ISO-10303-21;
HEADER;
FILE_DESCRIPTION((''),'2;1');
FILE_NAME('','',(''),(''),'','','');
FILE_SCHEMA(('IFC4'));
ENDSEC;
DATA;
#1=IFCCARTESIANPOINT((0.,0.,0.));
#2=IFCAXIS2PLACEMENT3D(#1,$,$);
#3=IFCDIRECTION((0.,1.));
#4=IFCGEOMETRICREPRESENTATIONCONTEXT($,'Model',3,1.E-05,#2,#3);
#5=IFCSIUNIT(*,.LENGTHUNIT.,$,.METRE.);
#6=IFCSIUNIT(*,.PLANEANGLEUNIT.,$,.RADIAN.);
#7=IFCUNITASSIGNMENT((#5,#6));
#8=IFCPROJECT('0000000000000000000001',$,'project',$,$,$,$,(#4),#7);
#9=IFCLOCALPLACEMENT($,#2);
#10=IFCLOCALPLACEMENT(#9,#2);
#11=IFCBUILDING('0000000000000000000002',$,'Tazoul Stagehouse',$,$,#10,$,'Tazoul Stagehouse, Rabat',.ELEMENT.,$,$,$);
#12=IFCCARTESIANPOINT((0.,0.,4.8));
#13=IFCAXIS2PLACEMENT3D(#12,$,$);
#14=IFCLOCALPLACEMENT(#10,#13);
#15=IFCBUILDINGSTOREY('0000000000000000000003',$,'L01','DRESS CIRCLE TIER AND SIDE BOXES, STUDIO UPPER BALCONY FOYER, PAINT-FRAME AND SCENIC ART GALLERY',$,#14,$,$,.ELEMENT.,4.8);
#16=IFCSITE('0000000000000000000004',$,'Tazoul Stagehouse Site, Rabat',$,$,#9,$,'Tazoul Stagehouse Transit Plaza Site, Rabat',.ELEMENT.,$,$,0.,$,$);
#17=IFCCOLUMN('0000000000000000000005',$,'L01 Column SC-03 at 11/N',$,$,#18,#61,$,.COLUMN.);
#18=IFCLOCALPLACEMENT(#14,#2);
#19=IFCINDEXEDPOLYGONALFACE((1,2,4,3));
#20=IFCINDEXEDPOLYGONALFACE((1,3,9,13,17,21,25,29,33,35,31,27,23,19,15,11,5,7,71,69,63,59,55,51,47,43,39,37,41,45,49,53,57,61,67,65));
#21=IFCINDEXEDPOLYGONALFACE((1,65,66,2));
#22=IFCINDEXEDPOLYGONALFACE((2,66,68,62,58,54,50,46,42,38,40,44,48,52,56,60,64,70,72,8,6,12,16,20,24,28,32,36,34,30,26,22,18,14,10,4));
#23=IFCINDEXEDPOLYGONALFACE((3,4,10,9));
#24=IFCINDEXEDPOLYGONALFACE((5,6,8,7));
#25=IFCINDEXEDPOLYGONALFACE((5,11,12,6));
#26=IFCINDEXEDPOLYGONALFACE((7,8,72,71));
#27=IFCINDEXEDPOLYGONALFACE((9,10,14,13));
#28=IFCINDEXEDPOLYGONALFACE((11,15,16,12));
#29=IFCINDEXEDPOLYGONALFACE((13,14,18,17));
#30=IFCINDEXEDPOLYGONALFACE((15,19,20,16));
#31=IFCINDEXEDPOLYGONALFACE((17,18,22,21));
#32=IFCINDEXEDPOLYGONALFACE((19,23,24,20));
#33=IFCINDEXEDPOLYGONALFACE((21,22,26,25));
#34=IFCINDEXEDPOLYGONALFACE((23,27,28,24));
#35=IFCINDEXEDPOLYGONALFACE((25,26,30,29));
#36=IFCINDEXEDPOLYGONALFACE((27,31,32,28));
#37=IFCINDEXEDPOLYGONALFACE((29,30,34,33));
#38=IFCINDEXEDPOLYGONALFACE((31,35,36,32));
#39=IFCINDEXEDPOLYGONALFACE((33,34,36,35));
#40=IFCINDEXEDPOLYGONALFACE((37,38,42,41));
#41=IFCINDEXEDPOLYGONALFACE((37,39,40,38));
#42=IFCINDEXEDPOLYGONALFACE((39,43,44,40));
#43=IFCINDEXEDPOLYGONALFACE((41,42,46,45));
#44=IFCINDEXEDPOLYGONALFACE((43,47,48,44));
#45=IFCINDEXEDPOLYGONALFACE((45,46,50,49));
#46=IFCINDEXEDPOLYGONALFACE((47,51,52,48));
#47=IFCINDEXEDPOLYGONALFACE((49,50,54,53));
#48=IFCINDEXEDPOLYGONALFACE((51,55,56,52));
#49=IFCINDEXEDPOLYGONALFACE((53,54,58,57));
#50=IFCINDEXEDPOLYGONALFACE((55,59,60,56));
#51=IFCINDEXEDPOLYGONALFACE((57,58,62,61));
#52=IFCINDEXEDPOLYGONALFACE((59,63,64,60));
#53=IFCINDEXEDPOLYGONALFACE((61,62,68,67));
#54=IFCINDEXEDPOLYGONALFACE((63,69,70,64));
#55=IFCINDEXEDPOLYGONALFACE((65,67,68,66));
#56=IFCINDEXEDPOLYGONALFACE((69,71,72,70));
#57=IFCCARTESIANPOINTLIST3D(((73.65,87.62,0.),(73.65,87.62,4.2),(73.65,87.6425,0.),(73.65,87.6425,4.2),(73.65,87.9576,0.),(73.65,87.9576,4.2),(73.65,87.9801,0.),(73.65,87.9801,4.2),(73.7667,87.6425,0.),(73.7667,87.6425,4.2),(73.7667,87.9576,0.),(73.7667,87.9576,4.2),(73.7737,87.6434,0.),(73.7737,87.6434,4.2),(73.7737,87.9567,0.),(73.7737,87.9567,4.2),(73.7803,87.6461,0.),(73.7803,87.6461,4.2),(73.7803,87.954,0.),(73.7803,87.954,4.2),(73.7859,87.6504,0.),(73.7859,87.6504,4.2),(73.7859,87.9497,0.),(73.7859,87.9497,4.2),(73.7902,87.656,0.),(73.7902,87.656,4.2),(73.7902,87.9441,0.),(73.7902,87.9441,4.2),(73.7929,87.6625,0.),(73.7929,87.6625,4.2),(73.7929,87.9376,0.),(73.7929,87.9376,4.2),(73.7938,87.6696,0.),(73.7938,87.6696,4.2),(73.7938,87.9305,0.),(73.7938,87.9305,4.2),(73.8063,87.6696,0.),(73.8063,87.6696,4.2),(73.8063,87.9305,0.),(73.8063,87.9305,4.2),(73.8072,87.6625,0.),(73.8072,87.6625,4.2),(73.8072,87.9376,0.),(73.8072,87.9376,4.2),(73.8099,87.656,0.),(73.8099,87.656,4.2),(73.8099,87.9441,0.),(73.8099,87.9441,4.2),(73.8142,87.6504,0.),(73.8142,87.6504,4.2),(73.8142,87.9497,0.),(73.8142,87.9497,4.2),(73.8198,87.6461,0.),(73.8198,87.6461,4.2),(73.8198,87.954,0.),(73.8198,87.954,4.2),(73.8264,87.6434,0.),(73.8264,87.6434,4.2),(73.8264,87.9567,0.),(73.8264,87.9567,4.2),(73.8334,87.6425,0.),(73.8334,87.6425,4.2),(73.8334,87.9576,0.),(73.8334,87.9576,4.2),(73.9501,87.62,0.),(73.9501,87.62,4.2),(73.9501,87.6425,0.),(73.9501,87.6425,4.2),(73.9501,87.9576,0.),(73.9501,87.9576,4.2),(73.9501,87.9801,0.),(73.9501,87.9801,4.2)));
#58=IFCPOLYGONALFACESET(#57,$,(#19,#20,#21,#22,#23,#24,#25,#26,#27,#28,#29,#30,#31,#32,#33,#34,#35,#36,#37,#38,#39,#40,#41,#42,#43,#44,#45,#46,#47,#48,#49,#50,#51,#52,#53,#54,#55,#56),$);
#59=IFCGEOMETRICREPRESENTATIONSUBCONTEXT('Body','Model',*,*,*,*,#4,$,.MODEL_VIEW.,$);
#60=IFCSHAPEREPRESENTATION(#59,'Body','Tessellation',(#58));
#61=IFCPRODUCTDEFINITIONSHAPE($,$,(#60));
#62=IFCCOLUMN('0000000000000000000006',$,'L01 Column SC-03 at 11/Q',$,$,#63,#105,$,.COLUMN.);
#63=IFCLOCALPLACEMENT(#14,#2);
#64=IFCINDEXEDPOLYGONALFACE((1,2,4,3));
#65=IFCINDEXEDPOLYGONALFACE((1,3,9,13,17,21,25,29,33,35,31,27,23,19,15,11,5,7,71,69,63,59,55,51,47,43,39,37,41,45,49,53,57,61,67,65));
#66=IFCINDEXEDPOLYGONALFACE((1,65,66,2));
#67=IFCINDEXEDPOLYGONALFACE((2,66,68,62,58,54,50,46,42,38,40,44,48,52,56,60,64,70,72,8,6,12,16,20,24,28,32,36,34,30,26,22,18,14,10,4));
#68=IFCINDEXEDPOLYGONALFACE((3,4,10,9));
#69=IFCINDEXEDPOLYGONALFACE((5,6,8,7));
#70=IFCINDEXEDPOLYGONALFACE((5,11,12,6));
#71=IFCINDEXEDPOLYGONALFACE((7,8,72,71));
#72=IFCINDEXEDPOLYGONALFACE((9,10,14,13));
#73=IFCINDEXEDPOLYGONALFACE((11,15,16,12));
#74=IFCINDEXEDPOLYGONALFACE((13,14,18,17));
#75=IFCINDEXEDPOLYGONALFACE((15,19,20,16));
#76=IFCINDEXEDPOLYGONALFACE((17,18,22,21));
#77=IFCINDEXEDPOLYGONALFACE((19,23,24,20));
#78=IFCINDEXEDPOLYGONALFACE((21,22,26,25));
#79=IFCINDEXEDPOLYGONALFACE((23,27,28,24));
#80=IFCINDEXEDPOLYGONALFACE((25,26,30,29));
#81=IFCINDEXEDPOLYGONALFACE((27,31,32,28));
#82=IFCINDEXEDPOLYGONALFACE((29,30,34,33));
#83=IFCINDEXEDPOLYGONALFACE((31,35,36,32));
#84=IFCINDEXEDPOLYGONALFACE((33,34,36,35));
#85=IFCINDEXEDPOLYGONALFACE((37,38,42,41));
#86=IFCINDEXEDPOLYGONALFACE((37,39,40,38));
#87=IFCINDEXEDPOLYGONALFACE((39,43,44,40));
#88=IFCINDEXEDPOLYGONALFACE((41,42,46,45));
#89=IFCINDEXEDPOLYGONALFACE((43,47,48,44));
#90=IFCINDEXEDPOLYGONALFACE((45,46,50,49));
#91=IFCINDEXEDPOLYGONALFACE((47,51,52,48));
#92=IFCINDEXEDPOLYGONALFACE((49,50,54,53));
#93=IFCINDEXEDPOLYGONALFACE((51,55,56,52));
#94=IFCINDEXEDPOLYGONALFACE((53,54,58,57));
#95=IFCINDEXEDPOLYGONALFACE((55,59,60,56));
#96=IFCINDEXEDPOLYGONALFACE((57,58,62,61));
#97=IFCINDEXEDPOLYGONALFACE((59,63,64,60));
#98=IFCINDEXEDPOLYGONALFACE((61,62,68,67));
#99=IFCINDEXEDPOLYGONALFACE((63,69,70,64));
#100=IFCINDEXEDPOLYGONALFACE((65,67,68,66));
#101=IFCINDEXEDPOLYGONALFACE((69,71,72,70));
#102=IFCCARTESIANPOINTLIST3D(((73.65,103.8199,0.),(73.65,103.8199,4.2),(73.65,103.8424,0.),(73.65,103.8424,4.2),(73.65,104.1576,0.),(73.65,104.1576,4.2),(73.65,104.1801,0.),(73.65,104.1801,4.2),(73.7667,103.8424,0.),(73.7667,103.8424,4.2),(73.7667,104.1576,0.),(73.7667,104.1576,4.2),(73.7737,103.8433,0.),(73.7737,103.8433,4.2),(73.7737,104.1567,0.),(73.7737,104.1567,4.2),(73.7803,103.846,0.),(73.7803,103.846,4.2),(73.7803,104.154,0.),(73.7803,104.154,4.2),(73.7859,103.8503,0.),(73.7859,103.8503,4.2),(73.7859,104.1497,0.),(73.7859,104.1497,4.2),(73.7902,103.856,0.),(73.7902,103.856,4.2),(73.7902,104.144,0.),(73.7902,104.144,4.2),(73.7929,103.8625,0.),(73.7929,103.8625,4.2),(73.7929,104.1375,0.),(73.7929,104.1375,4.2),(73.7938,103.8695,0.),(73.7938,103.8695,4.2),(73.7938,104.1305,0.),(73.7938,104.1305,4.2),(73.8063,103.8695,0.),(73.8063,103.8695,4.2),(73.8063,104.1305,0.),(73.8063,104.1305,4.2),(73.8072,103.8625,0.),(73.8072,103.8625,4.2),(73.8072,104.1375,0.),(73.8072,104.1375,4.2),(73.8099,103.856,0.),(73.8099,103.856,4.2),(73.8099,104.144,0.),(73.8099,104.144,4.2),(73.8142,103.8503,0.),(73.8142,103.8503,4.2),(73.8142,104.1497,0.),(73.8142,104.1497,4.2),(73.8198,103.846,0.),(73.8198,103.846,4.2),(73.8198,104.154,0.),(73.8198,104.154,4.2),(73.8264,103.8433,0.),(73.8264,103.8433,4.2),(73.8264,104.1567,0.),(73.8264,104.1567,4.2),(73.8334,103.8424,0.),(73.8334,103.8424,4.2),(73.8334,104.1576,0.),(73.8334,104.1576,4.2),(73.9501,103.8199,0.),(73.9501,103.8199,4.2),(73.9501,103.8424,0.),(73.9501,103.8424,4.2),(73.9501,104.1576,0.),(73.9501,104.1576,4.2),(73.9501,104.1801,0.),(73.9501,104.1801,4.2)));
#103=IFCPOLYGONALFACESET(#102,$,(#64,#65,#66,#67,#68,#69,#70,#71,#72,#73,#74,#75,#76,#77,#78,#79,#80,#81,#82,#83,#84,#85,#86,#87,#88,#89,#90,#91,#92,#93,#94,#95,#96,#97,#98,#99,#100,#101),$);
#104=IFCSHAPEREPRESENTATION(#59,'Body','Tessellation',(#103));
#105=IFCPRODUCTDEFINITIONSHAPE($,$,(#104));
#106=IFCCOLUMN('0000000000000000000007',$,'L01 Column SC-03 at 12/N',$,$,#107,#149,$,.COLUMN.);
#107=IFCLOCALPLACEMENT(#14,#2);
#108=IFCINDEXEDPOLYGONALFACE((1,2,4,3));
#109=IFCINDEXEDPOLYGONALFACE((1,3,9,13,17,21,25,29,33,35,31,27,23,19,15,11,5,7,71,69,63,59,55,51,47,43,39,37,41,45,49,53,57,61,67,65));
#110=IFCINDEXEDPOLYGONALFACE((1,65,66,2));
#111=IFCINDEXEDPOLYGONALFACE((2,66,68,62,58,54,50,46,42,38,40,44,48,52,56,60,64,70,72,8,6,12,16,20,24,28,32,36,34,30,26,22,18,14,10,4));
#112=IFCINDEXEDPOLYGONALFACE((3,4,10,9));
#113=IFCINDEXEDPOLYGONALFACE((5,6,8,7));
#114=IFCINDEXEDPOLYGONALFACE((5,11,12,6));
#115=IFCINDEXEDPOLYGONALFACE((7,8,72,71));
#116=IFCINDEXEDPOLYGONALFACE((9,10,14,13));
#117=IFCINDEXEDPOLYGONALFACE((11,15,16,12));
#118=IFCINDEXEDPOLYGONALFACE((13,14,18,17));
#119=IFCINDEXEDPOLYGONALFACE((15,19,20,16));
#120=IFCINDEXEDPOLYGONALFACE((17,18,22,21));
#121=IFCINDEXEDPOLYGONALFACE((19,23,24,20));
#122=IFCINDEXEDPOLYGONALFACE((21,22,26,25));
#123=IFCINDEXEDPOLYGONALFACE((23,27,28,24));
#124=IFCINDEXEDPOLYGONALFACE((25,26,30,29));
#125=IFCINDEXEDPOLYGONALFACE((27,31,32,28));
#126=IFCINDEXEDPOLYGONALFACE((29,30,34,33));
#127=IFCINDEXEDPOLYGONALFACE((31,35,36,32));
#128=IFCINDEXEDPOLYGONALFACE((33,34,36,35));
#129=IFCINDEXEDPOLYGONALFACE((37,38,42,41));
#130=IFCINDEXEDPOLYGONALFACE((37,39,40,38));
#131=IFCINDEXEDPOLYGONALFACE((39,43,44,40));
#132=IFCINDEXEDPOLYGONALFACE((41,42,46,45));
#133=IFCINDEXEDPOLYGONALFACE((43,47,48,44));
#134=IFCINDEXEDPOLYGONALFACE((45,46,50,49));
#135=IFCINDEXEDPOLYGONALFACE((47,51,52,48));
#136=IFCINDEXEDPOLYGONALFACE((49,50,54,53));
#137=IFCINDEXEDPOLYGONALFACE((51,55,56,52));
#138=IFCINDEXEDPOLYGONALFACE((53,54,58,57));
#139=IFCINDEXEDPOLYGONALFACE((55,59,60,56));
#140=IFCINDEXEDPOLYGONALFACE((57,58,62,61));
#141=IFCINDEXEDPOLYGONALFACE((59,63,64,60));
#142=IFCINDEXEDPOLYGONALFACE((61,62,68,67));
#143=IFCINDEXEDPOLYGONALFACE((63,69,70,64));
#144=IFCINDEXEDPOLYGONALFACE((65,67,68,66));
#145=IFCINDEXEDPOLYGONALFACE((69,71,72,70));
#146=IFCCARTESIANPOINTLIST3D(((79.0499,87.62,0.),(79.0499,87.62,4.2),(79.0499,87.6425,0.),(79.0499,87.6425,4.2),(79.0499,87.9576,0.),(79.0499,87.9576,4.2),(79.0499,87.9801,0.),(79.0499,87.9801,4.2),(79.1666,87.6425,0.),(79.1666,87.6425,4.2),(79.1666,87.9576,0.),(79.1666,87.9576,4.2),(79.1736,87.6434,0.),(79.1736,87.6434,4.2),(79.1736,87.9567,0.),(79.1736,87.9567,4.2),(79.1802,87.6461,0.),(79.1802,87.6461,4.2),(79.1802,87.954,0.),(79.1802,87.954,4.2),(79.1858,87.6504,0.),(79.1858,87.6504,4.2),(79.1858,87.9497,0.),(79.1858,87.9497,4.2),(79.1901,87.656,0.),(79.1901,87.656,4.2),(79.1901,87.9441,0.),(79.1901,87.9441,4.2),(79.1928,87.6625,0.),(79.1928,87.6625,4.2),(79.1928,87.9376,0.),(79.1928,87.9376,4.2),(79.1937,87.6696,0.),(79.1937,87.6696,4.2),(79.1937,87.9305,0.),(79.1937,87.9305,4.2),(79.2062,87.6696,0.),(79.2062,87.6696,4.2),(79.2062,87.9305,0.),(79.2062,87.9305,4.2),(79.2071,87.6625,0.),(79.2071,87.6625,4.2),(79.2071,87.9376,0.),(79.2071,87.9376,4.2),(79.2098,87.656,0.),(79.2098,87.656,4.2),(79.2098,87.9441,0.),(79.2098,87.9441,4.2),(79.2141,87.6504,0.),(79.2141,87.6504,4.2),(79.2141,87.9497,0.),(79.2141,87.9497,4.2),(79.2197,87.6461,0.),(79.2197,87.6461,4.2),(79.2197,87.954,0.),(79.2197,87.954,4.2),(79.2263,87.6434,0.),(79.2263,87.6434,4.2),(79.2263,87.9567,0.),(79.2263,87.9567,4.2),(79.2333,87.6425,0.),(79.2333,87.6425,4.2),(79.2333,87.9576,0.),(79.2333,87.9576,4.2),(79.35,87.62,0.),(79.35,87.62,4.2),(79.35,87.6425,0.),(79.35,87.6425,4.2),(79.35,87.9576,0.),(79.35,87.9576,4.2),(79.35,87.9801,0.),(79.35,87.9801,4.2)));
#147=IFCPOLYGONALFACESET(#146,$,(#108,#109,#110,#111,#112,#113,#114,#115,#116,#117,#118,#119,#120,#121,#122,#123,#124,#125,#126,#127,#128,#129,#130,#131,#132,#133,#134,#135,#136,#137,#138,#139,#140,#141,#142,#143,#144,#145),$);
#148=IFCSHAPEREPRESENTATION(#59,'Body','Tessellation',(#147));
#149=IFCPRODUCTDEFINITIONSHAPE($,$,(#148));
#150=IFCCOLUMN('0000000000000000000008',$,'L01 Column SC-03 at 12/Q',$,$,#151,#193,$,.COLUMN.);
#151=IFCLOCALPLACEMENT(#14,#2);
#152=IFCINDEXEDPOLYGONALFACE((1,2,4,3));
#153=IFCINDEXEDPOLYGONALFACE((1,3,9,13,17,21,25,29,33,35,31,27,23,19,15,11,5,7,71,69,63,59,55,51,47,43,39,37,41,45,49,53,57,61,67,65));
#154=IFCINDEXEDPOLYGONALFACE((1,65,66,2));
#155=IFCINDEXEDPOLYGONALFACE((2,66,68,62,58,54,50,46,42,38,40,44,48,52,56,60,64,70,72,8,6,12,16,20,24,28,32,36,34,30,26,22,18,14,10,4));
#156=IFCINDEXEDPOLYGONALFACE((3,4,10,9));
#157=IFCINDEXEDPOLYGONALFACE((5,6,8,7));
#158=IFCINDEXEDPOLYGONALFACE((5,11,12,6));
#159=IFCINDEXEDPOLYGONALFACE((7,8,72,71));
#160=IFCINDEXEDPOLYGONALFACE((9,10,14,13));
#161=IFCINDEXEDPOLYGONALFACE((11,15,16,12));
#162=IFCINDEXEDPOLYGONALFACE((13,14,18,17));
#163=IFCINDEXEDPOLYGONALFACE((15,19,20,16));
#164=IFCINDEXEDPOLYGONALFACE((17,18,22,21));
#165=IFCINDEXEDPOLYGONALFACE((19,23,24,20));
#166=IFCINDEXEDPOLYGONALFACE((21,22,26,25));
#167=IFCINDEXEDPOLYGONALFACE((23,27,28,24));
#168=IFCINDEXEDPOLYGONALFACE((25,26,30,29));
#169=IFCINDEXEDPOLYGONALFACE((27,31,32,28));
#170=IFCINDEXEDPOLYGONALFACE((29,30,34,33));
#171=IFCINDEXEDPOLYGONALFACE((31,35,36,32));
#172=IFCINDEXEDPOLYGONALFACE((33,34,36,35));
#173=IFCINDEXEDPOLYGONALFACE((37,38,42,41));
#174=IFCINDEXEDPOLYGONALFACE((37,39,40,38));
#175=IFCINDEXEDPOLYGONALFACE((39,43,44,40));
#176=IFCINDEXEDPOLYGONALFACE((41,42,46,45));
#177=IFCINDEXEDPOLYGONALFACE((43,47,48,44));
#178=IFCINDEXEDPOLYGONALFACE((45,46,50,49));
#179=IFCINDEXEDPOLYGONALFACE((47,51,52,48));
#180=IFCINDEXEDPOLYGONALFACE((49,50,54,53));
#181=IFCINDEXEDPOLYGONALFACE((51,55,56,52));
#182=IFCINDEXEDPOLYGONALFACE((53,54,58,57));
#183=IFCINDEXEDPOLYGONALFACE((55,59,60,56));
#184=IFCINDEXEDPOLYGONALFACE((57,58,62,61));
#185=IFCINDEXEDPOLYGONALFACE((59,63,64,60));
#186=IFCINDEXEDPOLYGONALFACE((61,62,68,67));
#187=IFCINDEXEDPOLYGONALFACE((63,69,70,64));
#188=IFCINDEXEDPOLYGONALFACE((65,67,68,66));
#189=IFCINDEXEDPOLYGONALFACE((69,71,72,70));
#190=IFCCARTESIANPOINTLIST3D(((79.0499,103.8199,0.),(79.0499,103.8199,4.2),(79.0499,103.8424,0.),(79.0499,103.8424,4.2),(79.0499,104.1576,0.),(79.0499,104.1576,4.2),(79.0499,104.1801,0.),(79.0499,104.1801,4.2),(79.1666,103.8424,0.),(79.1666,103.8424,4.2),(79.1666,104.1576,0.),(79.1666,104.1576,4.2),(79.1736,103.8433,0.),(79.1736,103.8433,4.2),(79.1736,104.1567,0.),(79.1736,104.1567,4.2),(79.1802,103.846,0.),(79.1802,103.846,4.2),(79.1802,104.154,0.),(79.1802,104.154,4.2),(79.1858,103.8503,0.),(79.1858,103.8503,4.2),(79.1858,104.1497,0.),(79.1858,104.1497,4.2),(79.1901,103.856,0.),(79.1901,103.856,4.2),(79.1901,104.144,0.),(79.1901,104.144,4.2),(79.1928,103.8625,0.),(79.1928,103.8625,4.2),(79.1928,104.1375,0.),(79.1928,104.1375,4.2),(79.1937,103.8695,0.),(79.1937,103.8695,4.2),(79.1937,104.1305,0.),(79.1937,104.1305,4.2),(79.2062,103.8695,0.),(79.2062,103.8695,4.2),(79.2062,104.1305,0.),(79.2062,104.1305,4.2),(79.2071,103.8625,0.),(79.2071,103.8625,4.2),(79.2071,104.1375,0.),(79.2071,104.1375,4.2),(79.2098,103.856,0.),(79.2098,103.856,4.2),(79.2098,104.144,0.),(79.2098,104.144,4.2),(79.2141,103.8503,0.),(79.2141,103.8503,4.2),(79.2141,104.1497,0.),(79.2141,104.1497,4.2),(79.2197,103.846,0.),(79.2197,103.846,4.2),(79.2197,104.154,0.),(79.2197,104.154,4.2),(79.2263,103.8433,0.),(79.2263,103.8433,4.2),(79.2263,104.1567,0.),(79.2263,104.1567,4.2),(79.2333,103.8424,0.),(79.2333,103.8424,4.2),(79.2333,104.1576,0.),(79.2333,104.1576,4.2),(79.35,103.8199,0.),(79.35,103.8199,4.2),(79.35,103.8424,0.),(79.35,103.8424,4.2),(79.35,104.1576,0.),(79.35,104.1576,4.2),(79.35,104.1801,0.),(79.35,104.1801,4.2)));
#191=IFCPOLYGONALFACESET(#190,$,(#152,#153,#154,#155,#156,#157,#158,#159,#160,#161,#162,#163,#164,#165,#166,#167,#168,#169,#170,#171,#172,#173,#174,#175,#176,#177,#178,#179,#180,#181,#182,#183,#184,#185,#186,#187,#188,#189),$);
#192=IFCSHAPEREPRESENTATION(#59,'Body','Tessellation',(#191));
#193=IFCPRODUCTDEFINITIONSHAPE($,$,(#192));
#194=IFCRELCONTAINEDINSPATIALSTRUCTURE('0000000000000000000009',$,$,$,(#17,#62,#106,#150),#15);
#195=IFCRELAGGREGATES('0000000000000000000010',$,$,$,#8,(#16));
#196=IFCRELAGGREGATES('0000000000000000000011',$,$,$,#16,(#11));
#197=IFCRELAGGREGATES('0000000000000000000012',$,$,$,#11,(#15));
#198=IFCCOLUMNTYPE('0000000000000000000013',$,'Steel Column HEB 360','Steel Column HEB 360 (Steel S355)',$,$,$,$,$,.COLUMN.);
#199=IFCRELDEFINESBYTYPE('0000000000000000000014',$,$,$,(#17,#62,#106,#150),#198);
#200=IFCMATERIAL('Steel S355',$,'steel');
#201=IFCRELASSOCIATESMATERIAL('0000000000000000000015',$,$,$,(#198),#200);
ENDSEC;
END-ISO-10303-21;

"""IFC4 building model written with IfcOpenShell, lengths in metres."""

from ifc_helpers import new_model, si_unit, direction, frame, origin, origin_2d, place, context, subcontext, project, spatial, i_section, extrude, material, material_profile, profile_set, type_object, element, save


model = new_model("IFC4")

# Units and contexts
model_context = context("Model", 3, precision=1e-05, world=origin(), true_north=direction((0.0, 1.0)))
body_context = subcontext(model_context, "Body", "Model", "MODEL_VIEW")
ifc_project = project(units=[si_unit("LENGTHUNIT", "METRE"), si_unit("PLANEANGLEUNIT", "RADIAN")], contexts=[model_context])

# Site, building, storey
site_placement = place(None, origin())
site = spatial("IfcSite", under=ifc_project, at=site_placement, Name="Tazoul Stagehouse Site, Rabat", LongName="Tazoul Stagehouse Transit Plaza Site, Rabat", CompositionType="ELEMENT", RefElevation=0.0)
building_placement = place(site_placement, origin())
building = spatial("IfcBuilding", under=site, at=building_placement, Name="Tazoul Stagehouse", LongName="Tazoul Stagehouse, Rabat", CompositionType="ELEMENT")
storey_placement = place(building_placement, frame((0.0, 0.0, 4.8)))
storey = spatial("IfcBuildingStorey", under=building, at=storey_placement, Name="L01", Description="DRESS CIRCLE TIER AND SIDE BOXES, STUDIO UPPER BALCONY FOYER, PAINT-FRAME AND SCENIC ART GALLERY", CompositionType="ELEMENT", Elevation=4.8)

# Columns
ifc_material = material(Name="Steel S355", Category="steel")
ifc_material_profile_1 = material_profile(ifc_material, i_section(OverallWidth=0.3, OverallDepth=0.3601, WebThickness=0.0125, FlangeThickness=0.0225, FilletRadius=0.0271, at=origin_2d()), Name="HEB 360")
ifc_profile_set_1 = profile_set([ifc_material_profile_1], Name="Steel S355")
column_type_1 = type_object("IfcColumnType", Name="Steel Column HEB 360", Description="Steel Column HEB 360 (Steel S355)", PredefinedType="COLUMN", material=ifc_profile_set_1)
for number, where, z_axis, x_axis, name in (
    (1, (73.8, 87.8, 0.0), (0.0, 0.0, 1.0), (1.0, 0.0, 0.0), "L01 Column SC-03 at 11/N"),
    (2, (73.8, 104.0, 0.0), (0.0, 0.0, 1.0), (1.0, 0.0, 0.0), "L01 Column SC-03 at 11/Q"),
    (3, (79.2, 87.8, 0.0), (0.0, 0.0, 1.0), (1.0, 0.0, 0.0), "L01 Column SC-03 at 12/N"),
    (4, (79.2, 104.0, 0.0), (0.0, 0.0, 1.0), (1.0, 0.0, 0.0), "L01 Column SC-03 at 12/Q"),
):
    element("IfcColumn", number, at=place(storey_placement, frame(where, z_axis=z_axis, x_axis=x_axis)), inside=storey, type_object=column_type_1, Name=name, PredefinedType="COLUMN", context=body_context, shape_type="SweptSolid", body=[
        extrude(i_section(OverallWidth=0.3, OverallDepth=0.3601, WebThickness=0.0125, FlangeThickness=0.0225, FilletRadius=0.0271, at=origin_2d()), origin(), (0.0, 0.0, 1.0), 4.2),
    ])

save(model, "model.ifc")
